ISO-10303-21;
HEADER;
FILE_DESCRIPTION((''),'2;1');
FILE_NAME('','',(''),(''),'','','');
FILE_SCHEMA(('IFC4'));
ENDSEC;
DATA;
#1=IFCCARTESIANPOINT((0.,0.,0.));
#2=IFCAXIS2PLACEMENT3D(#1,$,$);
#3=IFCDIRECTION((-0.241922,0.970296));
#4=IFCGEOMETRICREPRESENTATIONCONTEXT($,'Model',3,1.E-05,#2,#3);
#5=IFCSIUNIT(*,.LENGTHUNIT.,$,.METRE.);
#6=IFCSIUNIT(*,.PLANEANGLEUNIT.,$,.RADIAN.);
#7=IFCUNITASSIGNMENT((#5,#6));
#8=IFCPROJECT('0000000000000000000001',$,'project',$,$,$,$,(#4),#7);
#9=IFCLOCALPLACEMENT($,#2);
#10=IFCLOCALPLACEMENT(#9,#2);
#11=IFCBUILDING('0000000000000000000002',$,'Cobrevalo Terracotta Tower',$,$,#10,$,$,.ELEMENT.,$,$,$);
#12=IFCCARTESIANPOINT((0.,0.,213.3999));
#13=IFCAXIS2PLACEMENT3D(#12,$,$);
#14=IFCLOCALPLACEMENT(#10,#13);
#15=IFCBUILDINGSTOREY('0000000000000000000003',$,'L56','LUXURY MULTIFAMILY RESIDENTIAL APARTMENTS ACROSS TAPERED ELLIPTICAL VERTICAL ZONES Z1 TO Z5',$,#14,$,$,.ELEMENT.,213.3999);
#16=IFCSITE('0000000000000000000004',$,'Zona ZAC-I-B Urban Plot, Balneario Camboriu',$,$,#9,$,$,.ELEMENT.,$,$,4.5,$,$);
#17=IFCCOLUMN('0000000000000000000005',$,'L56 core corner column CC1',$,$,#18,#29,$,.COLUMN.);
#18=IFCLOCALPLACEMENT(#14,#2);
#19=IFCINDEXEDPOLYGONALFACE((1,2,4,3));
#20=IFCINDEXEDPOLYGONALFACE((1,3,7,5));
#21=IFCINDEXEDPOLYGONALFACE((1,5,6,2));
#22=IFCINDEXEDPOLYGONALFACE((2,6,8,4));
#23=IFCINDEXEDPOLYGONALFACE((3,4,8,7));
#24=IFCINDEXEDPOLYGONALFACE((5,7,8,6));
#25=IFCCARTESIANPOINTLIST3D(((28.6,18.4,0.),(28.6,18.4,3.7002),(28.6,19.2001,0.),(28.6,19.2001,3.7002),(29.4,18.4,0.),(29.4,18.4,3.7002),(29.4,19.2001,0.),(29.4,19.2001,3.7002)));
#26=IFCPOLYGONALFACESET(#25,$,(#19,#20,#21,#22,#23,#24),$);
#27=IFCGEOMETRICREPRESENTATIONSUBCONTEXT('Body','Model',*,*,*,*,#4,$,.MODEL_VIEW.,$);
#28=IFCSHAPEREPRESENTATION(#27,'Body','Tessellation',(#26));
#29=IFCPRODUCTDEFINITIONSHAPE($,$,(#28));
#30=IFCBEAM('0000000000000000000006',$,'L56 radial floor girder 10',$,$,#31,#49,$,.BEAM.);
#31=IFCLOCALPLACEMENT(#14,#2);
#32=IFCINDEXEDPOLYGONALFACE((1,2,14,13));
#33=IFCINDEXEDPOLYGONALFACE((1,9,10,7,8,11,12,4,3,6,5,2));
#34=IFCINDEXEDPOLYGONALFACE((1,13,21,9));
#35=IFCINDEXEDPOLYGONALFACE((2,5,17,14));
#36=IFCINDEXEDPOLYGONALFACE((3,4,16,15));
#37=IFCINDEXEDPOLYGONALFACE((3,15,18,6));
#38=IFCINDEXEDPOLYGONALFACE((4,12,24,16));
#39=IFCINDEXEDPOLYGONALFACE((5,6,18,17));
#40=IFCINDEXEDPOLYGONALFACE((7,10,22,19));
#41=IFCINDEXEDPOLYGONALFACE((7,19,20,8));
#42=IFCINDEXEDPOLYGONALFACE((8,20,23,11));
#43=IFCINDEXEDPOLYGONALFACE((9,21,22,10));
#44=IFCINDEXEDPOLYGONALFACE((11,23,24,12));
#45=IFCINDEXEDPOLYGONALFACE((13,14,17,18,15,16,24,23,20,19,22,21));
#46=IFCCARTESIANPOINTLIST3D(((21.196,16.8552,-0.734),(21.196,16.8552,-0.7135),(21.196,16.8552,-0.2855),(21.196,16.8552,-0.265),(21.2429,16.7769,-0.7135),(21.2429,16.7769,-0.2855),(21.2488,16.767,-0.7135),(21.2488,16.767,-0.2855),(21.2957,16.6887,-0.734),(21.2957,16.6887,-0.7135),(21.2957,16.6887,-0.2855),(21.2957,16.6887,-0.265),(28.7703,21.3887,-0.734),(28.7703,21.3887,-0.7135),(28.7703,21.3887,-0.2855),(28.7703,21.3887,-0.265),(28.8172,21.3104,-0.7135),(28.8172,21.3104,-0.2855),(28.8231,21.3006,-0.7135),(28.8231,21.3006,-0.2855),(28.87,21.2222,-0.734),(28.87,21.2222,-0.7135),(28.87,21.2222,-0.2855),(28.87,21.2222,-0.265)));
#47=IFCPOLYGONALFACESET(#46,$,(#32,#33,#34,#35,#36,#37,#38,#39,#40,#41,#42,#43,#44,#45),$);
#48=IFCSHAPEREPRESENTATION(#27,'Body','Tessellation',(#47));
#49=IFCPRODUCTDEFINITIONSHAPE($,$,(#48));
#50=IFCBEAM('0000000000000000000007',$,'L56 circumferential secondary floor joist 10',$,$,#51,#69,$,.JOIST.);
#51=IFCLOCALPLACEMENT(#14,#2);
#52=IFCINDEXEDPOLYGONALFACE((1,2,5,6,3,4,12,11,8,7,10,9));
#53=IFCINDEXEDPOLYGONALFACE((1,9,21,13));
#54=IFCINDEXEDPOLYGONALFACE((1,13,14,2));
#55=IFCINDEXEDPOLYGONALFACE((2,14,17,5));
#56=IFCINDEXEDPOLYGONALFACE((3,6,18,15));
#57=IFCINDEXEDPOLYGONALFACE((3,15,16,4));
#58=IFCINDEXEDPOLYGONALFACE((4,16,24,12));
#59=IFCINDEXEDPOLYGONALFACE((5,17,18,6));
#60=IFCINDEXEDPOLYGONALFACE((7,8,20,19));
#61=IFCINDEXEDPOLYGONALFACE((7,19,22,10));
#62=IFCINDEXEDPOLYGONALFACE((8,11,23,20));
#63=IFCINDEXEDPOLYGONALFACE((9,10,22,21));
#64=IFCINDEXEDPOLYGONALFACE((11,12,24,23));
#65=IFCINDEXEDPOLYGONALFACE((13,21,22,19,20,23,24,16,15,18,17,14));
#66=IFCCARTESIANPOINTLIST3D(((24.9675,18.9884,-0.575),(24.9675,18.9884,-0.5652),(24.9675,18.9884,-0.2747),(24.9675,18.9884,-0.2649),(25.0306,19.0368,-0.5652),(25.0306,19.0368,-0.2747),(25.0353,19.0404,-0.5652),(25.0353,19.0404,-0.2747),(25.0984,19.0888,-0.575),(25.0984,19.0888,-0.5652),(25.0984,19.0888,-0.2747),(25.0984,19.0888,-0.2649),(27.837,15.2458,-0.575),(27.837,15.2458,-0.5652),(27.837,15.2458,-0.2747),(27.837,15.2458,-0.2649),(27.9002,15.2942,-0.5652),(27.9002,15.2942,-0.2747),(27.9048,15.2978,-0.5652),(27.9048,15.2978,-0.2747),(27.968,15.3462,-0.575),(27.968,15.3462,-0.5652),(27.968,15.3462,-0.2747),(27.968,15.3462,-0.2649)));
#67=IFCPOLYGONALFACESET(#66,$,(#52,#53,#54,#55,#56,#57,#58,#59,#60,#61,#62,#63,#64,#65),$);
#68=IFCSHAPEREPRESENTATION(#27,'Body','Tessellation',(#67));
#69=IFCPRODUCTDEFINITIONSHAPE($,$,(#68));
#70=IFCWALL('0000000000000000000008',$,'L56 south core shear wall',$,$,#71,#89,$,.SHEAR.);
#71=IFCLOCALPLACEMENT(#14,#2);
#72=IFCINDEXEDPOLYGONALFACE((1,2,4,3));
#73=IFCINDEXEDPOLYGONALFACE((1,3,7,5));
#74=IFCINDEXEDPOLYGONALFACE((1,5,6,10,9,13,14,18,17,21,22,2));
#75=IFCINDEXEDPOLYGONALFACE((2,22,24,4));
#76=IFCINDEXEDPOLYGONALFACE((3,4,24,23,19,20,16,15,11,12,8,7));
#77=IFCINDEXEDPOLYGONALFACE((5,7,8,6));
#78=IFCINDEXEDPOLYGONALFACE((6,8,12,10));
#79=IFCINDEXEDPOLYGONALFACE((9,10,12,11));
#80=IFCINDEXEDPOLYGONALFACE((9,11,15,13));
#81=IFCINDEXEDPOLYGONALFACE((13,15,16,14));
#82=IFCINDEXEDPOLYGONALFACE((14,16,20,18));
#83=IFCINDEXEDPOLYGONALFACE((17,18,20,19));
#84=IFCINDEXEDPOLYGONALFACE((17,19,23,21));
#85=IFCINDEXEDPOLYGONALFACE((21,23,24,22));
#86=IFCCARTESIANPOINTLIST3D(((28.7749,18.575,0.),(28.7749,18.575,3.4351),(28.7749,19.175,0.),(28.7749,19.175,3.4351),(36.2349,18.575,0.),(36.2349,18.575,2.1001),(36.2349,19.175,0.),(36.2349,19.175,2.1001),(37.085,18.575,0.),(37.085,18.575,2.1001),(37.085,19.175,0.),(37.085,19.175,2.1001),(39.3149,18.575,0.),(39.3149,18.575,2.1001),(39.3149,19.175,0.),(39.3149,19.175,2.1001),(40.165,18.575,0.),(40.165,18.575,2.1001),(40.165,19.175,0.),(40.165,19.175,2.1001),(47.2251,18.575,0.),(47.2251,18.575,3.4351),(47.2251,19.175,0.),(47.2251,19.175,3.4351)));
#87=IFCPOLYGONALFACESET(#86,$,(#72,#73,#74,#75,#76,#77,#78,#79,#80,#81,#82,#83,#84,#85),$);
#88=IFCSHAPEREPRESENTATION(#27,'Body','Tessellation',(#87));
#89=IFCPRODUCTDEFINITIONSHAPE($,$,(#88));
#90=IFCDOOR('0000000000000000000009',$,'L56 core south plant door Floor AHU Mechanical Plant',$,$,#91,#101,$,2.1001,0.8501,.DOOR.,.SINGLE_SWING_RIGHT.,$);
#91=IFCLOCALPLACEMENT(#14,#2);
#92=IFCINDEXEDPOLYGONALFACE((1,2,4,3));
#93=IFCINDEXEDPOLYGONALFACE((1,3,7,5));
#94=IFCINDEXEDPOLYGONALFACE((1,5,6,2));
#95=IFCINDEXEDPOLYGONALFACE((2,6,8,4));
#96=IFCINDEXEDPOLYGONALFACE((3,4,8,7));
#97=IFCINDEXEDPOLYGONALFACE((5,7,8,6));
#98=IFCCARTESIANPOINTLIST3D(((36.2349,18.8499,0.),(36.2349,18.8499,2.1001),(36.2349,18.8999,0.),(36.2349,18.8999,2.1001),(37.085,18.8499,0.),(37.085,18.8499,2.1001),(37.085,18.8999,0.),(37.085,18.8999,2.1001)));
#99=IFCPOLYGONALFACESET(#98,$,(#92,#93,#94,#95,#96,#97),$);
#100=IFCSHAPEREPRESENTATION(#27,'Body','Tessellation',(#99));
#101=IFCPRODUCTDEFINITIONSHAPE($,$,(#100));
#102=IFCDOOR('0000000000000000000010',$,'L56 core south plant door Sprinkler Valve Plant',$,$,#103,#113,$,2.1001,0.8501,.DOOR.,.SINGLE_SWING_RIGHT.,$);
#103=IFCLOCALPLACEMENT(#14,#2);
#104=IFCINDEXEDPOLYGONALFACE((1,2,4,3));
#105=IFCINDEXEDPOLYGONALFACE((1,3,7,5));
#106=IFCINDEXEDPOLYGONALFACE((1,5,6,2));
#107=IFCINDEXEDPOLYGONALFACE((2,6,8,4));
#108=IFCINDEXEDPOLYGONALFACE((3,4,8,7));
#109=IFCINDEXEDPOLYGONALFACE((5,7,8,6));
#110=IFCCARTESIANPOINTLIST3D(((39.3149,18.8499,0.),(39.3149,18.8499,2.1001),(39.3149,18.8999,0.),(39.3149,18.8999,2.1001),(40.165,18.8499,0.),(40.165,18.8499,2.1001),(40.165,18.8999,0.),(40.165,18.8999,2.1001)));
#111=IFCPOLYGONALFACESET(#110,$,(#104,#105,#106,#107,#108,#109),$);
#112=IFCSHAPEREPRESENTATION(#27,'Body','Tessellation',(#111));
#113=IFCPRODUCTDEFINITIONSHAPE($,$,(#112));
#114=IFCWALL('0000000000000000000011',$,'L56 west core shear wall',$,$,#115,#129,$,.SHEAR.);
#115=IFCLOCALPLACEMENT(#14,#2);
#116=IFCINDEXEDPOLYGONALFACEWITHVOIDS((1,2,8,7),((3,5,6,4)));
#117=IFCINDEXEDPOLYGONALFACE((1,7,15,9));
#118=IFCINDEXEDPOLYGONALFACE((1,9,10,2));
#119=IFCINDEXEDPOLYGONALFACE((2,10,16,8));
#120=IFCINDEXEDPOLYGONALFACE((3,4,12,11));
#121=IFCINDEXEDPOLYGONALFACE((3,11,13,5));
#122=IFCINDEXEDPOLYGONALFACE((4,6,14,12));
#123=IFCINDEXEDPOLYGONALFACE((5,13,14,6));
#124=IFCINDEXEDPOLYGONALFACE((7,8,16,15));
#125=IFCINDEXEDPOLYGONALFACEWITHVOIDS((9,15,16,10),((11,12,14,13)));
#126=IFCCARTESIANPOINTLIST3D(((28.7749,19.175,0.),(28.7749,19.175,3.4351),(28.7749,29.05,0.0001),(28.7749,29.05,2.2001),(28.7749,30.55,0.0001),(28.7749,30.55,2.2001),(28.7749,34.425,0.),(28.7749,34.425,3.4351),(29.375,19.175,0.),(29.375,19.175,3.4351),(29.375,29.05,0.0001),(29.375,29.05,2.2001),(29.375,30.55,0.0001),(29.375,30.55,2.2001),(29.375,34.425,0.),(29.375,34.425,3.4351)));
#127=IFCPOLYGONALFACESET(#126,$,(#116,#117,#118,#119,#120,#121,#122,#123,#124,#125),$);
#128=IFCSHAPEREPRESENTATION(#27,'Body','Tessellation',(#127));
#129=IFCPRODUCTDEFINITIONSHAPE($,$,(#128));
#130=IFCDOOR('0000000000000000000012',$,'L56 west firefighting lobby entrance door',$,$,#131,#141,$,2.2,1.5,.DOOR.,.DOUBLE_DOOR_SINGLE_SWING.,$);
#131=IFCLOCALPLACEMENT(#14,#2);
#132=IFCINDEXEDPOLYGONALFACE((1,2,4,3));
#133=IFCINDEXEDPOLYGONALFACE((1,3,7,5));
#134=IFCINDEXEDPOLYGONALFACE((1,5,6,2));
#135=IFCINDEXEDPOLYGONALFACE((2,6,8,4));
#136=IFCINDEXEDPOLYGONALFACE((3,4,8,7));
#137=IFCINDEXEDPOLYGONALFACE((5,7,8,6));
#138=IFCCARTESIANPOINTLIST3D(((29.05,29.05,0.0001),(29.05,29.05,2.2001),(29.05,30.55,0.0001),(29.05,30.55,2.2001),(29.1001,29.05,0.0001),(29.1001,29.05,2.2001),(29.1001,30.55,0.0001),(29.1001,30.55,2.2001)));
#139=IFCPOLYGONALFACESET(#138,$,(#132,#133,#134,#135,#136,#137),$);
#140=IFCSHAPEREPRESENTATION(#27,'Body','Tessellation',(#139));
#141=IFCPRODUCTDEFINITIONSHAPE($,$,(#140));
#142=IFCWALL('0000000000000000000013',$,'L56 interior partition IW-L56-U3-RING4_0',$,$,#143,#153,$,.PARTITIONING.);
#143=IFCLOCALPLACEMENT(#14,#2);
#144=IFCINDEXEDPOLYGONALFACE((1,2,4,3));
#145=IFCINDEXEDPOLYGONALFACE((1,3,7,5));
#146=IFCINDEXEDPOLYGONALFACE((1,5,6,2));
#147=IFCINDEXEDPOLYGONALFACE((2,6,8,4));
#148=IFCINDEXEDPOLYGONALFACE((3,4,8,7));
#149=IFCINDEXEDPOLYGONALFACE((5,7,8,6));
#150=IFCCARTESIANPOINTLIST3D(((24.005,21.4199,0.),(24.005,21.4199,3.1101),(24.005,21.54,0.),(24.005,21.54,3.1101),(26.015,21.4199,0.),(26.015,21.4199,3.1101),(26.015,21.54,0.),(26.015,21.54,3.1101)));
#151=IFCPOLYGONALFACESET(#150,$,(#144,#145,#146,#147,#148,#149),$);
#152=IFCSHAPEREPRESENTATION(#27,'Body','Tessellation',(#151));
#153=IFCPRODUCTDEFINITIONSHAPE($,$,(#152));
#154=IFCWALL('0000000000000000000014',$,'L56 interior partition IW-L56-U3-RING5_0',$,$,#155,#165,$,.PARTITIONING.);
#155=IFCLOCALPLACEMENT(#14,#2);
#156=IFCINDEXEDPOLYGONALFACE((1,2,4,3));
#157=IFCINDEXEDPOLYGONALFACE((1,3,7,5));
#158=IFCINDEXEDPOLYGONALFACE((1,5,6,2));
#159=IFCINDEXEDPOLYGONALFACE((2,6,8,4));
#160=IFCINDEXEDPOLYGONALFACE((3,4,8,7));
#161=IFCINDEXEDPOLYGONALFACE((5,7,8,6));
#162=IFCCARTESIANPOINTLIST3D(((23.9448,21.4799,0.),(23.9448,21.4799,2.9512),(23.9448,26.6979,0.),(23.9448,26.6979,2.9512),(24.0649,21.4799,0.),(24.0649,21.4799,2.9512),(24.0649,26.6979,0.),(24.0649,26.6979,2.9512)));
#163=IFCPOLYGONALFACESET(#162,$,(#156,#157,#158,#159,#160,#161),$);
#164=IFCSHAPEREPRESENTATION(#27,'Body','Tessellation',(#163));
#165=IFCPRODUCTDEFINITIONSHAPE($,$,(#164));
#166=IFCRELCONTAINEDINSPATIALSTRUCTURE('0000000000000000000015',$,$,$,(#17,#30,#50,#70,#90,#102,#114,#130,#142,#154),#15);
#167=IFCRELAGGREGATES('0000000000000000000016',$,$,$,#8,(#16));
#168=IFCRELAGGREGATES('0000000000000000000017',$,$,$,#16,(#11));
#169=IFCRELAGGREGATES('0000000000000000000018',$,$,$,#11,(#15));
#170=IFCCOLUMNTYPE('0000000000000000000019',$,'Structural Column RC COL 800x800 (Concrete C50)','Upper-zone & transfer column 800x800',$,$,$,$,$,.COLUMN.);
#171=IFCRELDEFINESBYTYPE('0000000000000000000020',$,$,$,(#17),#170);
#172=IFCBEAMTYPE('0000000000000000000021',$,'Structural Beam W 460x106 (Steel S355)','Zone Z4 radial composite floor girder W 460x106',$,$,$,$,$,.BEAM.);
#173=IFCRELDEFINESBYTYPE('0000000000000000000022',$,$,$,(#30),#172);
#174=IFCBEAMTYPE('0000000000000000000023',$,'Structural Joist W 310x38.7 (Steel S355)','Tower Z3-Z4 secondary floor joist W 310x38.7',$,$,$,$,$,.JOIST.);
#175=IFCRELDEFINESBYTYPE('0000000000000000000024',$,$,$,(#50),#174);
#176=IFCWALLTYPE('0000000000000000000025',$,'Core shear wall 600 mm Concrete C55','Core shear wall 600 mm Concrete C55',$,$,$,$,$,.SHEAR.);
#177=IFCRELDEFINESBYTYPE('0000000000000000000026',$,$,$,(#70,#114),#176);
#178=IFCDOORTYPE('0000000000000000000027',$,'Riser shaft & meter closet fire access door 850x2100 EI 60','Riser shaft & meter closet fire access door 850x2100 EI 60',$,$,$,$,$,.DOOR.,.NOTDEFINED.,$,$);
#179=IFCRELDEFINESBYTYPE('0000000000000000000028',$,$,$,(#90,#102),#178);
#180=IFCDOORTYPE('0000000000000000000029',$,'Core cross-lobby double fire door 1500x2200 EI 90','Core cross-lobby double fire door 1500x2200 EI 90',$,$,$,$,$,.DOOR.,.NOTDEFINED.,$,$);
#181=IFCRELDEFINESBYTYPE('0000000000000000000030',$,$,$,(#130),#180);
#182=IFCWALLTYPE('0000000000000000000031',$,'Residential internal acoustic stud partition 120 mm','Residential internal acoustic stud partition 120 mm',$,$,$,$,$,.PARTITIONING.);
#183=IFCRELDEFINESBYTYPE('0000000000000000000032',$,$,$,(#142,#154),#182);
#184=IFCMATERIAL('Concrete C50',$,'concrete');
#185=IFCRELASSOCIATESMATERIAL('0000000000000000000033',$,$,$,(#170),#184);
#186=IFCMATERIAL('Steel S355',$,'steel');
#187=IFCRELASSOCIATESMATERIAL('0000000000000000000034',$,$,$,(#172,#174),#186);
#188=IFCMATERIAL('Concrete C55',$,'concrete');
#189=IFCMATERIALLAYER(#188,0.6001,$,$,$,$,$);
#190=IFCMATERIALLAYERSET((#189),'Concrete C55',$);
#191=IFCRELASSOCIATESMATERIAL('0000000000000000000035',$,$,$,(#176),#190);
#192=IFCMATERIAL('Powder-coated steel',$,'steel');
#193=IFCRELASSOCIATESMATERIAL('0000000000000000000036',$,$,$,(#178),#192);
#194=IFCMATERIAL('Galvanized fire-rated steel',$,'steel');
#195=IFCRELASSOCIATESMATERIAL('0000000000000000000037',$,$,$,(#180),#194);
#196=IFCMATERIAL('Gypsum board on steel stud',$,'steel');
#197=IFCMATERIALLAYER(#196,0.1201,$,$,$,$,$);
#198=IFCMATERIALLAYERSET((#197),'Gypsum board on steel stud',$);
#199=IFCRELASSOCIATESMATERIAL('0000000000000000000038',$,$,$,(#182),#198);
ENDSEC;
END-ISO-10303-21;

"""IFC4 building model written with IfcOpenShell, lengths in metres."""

from ifc_helpers import new_model, si_unit, direction, frame, frame_2d, origin, origin_2d, place, context, subcontext, project, spatial, rectangle, i_section, extrude, source, transform, mapped, material, layer, layer_set, material_profile, profile_set, type_object, element, fill, save


model = new_model("IFC4")

# Units and contexts
model_context = context("Model", 3, precision=1e-05, world=origin(), true_north=direction((-0.241922, 0.970296)))
body_context = subcontext(model_context, "Body", "Model", "MODEL_VIEW")
ifc_project = project(units=[si_unit("LENGTHUNIT", "METRE"), si_unit("PLANEANGLEUNIT", "RADIAN")], contexts=[model_context])

# Site, building, storey
site_placement = place(None, origin())
site = spatial("IfcSite", under=ifc_project, at=site_placement, Name="Zona ZAC-I-B Urban Plot, Balneario Camboriu", CompositionType="ELEMENT", RefElevation=4.5)
building_placement = place(site_placement, origin())
building = spatial("IfcBuilding", under=site, at=building_placement, Name="Cobrevalo Terracotta Tower", CompositionType="ELEMENT")
storey_placement = place(building_placement, frame((0.0, 0.0, 213.3999)))
storey = spatial("IfcBuildingStorey", under=building, at=storey_placement, Name="L56", Description="LUXURY MULTIFAMILY RESIDENTIAL APARTMENTS ACROSS TAPERED ELLIPTICAL VERTICAL ZONES Z1 TO Z5", CompositionType="ELEMENT", Elevation=213.3999)

# Column
ifc_material_1 = material(Name="Concrete C50", Category="concrete")
ifc_material_profile_1 = material_profile(ifc_material_1, rectangle(XDim=0.8, YDim=0.8, at=origin_2d()), Name="RC COL 800x800")
ifc_profile_set_1 = profile_set([ifc_material_profile_1], Name="Concrete C50")
column_type = type_object("IfcColumnType", Name="Structural Column RC COL 800x800 (Concrete C50)", Description="Upper-zone & transfer column 800x800", PredefinedType="COLUMN", material=ifc_profile_set_1)
column_placement = place(storey_placement, frame((29.0, 18.8, 0.0), z_axis=(0.0, 0.0, 1.0), x_axis=(1.0, 0.0, 0.0)))
element("IfcColumn", 1, at=column_placement, inside=storey, type_object=column_type, Name="L56 core corner column CC1", PredefinedType="COLUMN", context=body_context, shape_type="SweptSolid", body=[
    extrude(rectangle(XDim=0.8, YDim=0.8, at=origin_2d()), origin(), (0.0, 0.0, 1.0), 3.7002),
])

# Beams
ifc_material_2 = material(Name="Steel S355", Category="steel")
ifc_material_profile_2 = material_profile(ifc_material_2, i_section(OverallWidth=0.1941, OverallDepth=0.469, WebThickness=0.0115, FlangeThickness=0.0205, at=origin_2d()), Name="W 460x106")
ifc_profile_set_2 = profile_set([ifc_material_profile_2], Name="Steel S355")
beam_type_1 = type_object("IfcBeamType", Name="Structural Beam W 460x106 (Steel S355)", Description="Zone Z4 radial composite floor girder W 460x106", PredefinedType="BEAM", material=ifc_profile_set_2)
beam_1_placement = place(storey_placement, frame((21.2458, 16.772, -0.4995), z_axis=(0.858046, 0.513572, 0.0), x_axis=(-0.513572, 0.858046, 0.0)))
element("IfcBeam", 2, at=beam_1_placement, inside=storey, type_object=beam_type_1, Name="L56 radial floor girder 10", PredefinedType="BEAM", context=body_context, shape_type="SweptSolid", body=[
    extrude(i_section(OverallWidth=0.1941, OverallDepth=0.469, WebThickness=0.0115, FlangeThickness=0.0205, at=origin_2d()), origin(), (0.0, 0.0, 1.0), 8.8274),
])
ifc_material_profile_3 = material_profile(ifc_material_2, i_section(OverallWidth=0.165, OverallDepth=0.3101, WebThickness=0.0059, FlangeThickness=0.0098, at=origin_2d()), Name="W 310x38.7")
ifc_profile_set_3 = profile_set([ifc_material_profile_3], Name="Steel S355")
beam_type_2 = type_object("IfcBeamType", Name="Structural Joist W 310x38.7 (Steel S355)", Description="Tower Z3-Z4 secondary floor joist W 310x38.7", PredefinedType="JOIST", material=ifc_profile_set_3)
beam_2_placement = place(storey_placement, frame((25.033, 19.0386, -0.4199), z_axis=(0.608464, -0.793581, 0.0), x_axis=(0.793581, 0.608464, 0.0)))
element("IfcBeam", 3, at=beam_2_placement, inside=storey, type_object=beam_type_2, Name="L56 circumferential secondary floor joist 10", PredefinedType="JOIST", context=body_context, shape_type="SweptSolid", body=[
    extrude(i_section(OverallWidth=0.165, OverallDepth=0.3101, WebThickness=0.0059, FlangeThickness=0.0098, at=origin_2d()), origin(), (0.0, 0.0, 1.0), 4.7161),
])

# Wall, openings, doors
ifc_material_3 = material(Name="Concrete C55", Category="concrete")
ifc_layer_1 = layer(ifc_material_3, 0.6001)
ifc_layer_set_1 = layer_set([ifc_layer_1], Name="Concrete C55")
wall_type_1 = type_object("IfcWallType", Name="Core shear wall 600 mm Concrete C55", Description="Core shear wall 600 mm Concrete C55", PredefinedType="SHEAR", material=ifc_layer_set_1)
wall_1_placement = place(storey_placement, frame((28.7749, 18.875, 0.0), z_axis=(0.0, 0.0, 1.0), x_axis=(1.0, 0.0, 0.0)))
wall_1 = element("IfcWall", 4, at=wall_1_placement, inside=storey, type_object=wall_type_1, Name="L56 south core shear wall", PredefinedType="SHEAR", context=body_context, shape_type="SweptSolid", body=[
    extrude(rectangle(XDim=18.4502, YDim=0.6001, at=frame_2d((9.2251, 0.0))), origin(), (0.0, 0.0, 1.0), 3.4351),
])
opening_1_placement = place(wall_1_placement, frame((7.46, 0.0, 0.0)))
opening_1 = element("IfcOpeningElement", 5, at=opening_1_placement, cuts=wall_1, PredefinedType="OPENING", context=body_context, shape_type="SweptSolid", body=[
    extrude(rectangle(XDim=0.8501, YDim=2.1001, at=frame_2d((0.425, 1.05))), frame((0.0, 0.3101, 0.0), z_axis=(0.0, -1.0, 0.0), x_axis=(1.0, 0.0, 0.0)), (0.0, 0.0, 1.0), 0.6201),
])
opening_2_placement = place(wall_1_placement, frame((10.54, 0.0, 0.0)))
opening_2 = element("IfcOpeningElement", 6, at=opening_2_placement, cuts=wall_1, PredefinedType="OPENING", context=body_context, shape_type="SweptSolid", body=[
    extrude(rectangle(XDim=0.8501, YDim=2.1001, at=frame_2d((0.425, 1.05))), frame((0.0, 0.3101, 0.0), z_axis=(0.0, -1.0, 0.0), x_axis=(1.0, 0.0, 0.0)), (0.0, 0.0, 1.0), 0.6201),
])
ifc_material_4 = material(Name="Powder-coated steel", Category="steel")
door_type_1 = type_object("IfcDoorType", Name="Riser shaft & meter closet fire access door 850x2100 EI 60", Description="Riser shaft & meter closet fire access door 850x2100 EI 60", OperationType="NOTDEFINED", PredefinedType="DOOR", material=ifc_material_4)
shared_shape_1 = source(origin(), body_context, "Body", "SweptSolid", [
    extrude(rectangle(XDim=0.8501, YDim=2.1001, at=frame_2d((0.425, 1.05))), frame((0.0, 0.0249, 0.0), z_axis=(0.0, -1.0, 0.0), x_axis=(1.0, 0.0, 0.0)), (0.0, 0.0, 1.0), 0.05),
])
door_1_placement = place(opening_1_placement, origin())
door_1 = element("IfcDoor", 7, at=door_1_placement, inside=storey, type_object=door_type_1, Name="L56 core south plant door Floor AHU Mechanical Plant", OperationType="SINGLE_SWING_RIGHT", OverallHeight=2.1001, OverallWidth=0.8501, PredefinedType="DOOR", context=body_context, shape_type="MappedRepresentation", body=[
    mapped(shared_shape_1, transform((0.0, 0.0, 0.0), scale=1.0)),
])
fill(opening_1, door_1)
door_2_placement = place(opening_2_placement, origin())
door_2 = element("IfcDoor", 8, at=door_2_placement, inside=storey, type_object=door_type_1, Name="L56 core south plant door Sprinkler Valve Plant", OperationType="SINGLE_SWING_RIGHT", OverallHeight=2.1001, OverallWidth=0.8501, PredefinedType="DOOR", context=body_context, shape_type="MappedRepresentation", body=[
    mapped(shared_shape_1, transform((0.0, 0.0, 0.0), scale=1.0)),
])
fill(opening_2, door_2)

# Wall, opening, door
wall_2_placement = place(storey_placement, frame((29.075, 19.175, 0.0), z_axis=(0.0, 0.0, 1.0), x_axis=(0.0, 1.0, 0.0)))
wall_2 = element("IfcWall", 9, at=wall_2_placement, inside=storey, type_object=wall_type_1, Name="L56 west core shear wall", PredefinedType="SHEAR", context=body_context, shape_type="SweptSolid", body=[
    extrude(rectangle(XDim=15.25, YDim=0.6001, at=frame_2d((7.625, 0.0))), origin(), (0.0, 0.0, 1.0), 3.4351),
])
opening_3_placement = place(wall_2_placement, frame((9.875, 0.0, 0.0)))
opening_3 = element("IfcOpeningElement", 10, at=opening_3_placement, cuts=wall_2, PredefinedType="OPENING", context=body_context, shape_type="SweptSolid", body=[
    extrude(rectangle(XDim=1.5, YDim=2.2, at=frame_2d((0.75, 1.1001))), frame((0.0, 0.3101, 0.0), z_axis=(0.0, -1.0, 0.0), x_axis=(1.0, 0.0, 0.0)), (0.0, 0.0, 1.0), 0.6201),
])
ifc_material_5 = material(Name="Galvanized fire-rated steel", Category="steel")
door_type_2 = type_object("IfcDoorType", Name="Core cross-lobby double fire door 1500x2200 EI 90", Description="Core cross-lobby double fire door 1500x2200 EI 90", OperationType="NOTDEFINED", PredefinedType="DOOR", material=ifc_material_5)
shared_shape_2 = source(origin(), body_context, "Body", "SweptSolid", [
    extrude(rectangle(XDim=1.5, YDim=2.2, at=frame_2d((0.75, 1.1001))), frame((0.0, 0.0249, 0.0), z_axis=(0.0, -1.0, 0.0), x_axis=(1.0, 0.0, 0.0)), (0.0, 0.0, 1.0), 0.05),
])
door_3_placement = place(opening_3_placement, origin())
door_3 = element("IfcDoor", 11, at=door_3_placement, inside=storey, type_object=door_type_2, Name="L56 west firefighting lobby entrance door", OperationType="DOUBLE_DOOR_SINGLE_SWING", OverallHeight=2.2, OverallWidth=1.5, PredefinedType="DOOR", context=body_context, shape_type="MappedRepresentation", body=[
    mapped(shared_shape_2, transform((0.0, 0.0, 0.0), scale=1.0)),
])
fill(opening_3, door_3)

# Walls
ifc_material_6 = material(Name="Gypsum board on steel stud", Category="steel")
ifc_layer_2 = layer(ifc_material_6, 0.1201)
ifc_layer_set_2 = layer_set([ifc_layer_2], Name="Gypsum board on steel stud")
wall_type_2 = type_object("IfcWallType", Name="Residential internal acoustic stud partition 120 mm", Description="Residential internal acoustic stud partition 120 mm", PredefinedType="PARTITIONING", material=ifc_layer_set_2)
wall_3_placement = place(storey_placement, frame((26.0149, 21.48, 0.0), z_axis=(0.0, 0.0, 1.0), x_axis=(-1.0, 0.0, 0.0)))
element("IfcWall", 12, at=wall_3_placement, inside=storey, type_object=wall_type_2, Name="L56 interior partition IW-L56-U3-RING4_0", PredefinedType="PARTITIONING", context=body_context, shape_type="SweptSolid", body=[
    extrude(rectangle(XDim=2.01, YDim=0.1201, at=frame_2d((1.0049, 0.0))), origin(), (0.0, 0.0, 1.0), 3.1101),
])
wall_4_placement = place(storey_placement, frame((24.0049, 21.48, 0.0), z_axis=(0.0, 0.0, 1.0), x_axis=(0.0, 1.0, 0.0)))
element("IfcWall", 13, at=wall_4_placement, inside=storey, type_object=wall_type_2, Name="L56 interior partition IW-L56-U3-RING5_0", PredefinedType="PARTITIONING", context=body_context, shape_type="SweptSolid", body=[
    extrude(rectangle(XDim=5.218, YDim=0.1201, at=frame_2d((2.6089, 0.0))), origin(), (0.0, 0.0, 1.0), 2.9512),
])

save(model, "model.ifc")
